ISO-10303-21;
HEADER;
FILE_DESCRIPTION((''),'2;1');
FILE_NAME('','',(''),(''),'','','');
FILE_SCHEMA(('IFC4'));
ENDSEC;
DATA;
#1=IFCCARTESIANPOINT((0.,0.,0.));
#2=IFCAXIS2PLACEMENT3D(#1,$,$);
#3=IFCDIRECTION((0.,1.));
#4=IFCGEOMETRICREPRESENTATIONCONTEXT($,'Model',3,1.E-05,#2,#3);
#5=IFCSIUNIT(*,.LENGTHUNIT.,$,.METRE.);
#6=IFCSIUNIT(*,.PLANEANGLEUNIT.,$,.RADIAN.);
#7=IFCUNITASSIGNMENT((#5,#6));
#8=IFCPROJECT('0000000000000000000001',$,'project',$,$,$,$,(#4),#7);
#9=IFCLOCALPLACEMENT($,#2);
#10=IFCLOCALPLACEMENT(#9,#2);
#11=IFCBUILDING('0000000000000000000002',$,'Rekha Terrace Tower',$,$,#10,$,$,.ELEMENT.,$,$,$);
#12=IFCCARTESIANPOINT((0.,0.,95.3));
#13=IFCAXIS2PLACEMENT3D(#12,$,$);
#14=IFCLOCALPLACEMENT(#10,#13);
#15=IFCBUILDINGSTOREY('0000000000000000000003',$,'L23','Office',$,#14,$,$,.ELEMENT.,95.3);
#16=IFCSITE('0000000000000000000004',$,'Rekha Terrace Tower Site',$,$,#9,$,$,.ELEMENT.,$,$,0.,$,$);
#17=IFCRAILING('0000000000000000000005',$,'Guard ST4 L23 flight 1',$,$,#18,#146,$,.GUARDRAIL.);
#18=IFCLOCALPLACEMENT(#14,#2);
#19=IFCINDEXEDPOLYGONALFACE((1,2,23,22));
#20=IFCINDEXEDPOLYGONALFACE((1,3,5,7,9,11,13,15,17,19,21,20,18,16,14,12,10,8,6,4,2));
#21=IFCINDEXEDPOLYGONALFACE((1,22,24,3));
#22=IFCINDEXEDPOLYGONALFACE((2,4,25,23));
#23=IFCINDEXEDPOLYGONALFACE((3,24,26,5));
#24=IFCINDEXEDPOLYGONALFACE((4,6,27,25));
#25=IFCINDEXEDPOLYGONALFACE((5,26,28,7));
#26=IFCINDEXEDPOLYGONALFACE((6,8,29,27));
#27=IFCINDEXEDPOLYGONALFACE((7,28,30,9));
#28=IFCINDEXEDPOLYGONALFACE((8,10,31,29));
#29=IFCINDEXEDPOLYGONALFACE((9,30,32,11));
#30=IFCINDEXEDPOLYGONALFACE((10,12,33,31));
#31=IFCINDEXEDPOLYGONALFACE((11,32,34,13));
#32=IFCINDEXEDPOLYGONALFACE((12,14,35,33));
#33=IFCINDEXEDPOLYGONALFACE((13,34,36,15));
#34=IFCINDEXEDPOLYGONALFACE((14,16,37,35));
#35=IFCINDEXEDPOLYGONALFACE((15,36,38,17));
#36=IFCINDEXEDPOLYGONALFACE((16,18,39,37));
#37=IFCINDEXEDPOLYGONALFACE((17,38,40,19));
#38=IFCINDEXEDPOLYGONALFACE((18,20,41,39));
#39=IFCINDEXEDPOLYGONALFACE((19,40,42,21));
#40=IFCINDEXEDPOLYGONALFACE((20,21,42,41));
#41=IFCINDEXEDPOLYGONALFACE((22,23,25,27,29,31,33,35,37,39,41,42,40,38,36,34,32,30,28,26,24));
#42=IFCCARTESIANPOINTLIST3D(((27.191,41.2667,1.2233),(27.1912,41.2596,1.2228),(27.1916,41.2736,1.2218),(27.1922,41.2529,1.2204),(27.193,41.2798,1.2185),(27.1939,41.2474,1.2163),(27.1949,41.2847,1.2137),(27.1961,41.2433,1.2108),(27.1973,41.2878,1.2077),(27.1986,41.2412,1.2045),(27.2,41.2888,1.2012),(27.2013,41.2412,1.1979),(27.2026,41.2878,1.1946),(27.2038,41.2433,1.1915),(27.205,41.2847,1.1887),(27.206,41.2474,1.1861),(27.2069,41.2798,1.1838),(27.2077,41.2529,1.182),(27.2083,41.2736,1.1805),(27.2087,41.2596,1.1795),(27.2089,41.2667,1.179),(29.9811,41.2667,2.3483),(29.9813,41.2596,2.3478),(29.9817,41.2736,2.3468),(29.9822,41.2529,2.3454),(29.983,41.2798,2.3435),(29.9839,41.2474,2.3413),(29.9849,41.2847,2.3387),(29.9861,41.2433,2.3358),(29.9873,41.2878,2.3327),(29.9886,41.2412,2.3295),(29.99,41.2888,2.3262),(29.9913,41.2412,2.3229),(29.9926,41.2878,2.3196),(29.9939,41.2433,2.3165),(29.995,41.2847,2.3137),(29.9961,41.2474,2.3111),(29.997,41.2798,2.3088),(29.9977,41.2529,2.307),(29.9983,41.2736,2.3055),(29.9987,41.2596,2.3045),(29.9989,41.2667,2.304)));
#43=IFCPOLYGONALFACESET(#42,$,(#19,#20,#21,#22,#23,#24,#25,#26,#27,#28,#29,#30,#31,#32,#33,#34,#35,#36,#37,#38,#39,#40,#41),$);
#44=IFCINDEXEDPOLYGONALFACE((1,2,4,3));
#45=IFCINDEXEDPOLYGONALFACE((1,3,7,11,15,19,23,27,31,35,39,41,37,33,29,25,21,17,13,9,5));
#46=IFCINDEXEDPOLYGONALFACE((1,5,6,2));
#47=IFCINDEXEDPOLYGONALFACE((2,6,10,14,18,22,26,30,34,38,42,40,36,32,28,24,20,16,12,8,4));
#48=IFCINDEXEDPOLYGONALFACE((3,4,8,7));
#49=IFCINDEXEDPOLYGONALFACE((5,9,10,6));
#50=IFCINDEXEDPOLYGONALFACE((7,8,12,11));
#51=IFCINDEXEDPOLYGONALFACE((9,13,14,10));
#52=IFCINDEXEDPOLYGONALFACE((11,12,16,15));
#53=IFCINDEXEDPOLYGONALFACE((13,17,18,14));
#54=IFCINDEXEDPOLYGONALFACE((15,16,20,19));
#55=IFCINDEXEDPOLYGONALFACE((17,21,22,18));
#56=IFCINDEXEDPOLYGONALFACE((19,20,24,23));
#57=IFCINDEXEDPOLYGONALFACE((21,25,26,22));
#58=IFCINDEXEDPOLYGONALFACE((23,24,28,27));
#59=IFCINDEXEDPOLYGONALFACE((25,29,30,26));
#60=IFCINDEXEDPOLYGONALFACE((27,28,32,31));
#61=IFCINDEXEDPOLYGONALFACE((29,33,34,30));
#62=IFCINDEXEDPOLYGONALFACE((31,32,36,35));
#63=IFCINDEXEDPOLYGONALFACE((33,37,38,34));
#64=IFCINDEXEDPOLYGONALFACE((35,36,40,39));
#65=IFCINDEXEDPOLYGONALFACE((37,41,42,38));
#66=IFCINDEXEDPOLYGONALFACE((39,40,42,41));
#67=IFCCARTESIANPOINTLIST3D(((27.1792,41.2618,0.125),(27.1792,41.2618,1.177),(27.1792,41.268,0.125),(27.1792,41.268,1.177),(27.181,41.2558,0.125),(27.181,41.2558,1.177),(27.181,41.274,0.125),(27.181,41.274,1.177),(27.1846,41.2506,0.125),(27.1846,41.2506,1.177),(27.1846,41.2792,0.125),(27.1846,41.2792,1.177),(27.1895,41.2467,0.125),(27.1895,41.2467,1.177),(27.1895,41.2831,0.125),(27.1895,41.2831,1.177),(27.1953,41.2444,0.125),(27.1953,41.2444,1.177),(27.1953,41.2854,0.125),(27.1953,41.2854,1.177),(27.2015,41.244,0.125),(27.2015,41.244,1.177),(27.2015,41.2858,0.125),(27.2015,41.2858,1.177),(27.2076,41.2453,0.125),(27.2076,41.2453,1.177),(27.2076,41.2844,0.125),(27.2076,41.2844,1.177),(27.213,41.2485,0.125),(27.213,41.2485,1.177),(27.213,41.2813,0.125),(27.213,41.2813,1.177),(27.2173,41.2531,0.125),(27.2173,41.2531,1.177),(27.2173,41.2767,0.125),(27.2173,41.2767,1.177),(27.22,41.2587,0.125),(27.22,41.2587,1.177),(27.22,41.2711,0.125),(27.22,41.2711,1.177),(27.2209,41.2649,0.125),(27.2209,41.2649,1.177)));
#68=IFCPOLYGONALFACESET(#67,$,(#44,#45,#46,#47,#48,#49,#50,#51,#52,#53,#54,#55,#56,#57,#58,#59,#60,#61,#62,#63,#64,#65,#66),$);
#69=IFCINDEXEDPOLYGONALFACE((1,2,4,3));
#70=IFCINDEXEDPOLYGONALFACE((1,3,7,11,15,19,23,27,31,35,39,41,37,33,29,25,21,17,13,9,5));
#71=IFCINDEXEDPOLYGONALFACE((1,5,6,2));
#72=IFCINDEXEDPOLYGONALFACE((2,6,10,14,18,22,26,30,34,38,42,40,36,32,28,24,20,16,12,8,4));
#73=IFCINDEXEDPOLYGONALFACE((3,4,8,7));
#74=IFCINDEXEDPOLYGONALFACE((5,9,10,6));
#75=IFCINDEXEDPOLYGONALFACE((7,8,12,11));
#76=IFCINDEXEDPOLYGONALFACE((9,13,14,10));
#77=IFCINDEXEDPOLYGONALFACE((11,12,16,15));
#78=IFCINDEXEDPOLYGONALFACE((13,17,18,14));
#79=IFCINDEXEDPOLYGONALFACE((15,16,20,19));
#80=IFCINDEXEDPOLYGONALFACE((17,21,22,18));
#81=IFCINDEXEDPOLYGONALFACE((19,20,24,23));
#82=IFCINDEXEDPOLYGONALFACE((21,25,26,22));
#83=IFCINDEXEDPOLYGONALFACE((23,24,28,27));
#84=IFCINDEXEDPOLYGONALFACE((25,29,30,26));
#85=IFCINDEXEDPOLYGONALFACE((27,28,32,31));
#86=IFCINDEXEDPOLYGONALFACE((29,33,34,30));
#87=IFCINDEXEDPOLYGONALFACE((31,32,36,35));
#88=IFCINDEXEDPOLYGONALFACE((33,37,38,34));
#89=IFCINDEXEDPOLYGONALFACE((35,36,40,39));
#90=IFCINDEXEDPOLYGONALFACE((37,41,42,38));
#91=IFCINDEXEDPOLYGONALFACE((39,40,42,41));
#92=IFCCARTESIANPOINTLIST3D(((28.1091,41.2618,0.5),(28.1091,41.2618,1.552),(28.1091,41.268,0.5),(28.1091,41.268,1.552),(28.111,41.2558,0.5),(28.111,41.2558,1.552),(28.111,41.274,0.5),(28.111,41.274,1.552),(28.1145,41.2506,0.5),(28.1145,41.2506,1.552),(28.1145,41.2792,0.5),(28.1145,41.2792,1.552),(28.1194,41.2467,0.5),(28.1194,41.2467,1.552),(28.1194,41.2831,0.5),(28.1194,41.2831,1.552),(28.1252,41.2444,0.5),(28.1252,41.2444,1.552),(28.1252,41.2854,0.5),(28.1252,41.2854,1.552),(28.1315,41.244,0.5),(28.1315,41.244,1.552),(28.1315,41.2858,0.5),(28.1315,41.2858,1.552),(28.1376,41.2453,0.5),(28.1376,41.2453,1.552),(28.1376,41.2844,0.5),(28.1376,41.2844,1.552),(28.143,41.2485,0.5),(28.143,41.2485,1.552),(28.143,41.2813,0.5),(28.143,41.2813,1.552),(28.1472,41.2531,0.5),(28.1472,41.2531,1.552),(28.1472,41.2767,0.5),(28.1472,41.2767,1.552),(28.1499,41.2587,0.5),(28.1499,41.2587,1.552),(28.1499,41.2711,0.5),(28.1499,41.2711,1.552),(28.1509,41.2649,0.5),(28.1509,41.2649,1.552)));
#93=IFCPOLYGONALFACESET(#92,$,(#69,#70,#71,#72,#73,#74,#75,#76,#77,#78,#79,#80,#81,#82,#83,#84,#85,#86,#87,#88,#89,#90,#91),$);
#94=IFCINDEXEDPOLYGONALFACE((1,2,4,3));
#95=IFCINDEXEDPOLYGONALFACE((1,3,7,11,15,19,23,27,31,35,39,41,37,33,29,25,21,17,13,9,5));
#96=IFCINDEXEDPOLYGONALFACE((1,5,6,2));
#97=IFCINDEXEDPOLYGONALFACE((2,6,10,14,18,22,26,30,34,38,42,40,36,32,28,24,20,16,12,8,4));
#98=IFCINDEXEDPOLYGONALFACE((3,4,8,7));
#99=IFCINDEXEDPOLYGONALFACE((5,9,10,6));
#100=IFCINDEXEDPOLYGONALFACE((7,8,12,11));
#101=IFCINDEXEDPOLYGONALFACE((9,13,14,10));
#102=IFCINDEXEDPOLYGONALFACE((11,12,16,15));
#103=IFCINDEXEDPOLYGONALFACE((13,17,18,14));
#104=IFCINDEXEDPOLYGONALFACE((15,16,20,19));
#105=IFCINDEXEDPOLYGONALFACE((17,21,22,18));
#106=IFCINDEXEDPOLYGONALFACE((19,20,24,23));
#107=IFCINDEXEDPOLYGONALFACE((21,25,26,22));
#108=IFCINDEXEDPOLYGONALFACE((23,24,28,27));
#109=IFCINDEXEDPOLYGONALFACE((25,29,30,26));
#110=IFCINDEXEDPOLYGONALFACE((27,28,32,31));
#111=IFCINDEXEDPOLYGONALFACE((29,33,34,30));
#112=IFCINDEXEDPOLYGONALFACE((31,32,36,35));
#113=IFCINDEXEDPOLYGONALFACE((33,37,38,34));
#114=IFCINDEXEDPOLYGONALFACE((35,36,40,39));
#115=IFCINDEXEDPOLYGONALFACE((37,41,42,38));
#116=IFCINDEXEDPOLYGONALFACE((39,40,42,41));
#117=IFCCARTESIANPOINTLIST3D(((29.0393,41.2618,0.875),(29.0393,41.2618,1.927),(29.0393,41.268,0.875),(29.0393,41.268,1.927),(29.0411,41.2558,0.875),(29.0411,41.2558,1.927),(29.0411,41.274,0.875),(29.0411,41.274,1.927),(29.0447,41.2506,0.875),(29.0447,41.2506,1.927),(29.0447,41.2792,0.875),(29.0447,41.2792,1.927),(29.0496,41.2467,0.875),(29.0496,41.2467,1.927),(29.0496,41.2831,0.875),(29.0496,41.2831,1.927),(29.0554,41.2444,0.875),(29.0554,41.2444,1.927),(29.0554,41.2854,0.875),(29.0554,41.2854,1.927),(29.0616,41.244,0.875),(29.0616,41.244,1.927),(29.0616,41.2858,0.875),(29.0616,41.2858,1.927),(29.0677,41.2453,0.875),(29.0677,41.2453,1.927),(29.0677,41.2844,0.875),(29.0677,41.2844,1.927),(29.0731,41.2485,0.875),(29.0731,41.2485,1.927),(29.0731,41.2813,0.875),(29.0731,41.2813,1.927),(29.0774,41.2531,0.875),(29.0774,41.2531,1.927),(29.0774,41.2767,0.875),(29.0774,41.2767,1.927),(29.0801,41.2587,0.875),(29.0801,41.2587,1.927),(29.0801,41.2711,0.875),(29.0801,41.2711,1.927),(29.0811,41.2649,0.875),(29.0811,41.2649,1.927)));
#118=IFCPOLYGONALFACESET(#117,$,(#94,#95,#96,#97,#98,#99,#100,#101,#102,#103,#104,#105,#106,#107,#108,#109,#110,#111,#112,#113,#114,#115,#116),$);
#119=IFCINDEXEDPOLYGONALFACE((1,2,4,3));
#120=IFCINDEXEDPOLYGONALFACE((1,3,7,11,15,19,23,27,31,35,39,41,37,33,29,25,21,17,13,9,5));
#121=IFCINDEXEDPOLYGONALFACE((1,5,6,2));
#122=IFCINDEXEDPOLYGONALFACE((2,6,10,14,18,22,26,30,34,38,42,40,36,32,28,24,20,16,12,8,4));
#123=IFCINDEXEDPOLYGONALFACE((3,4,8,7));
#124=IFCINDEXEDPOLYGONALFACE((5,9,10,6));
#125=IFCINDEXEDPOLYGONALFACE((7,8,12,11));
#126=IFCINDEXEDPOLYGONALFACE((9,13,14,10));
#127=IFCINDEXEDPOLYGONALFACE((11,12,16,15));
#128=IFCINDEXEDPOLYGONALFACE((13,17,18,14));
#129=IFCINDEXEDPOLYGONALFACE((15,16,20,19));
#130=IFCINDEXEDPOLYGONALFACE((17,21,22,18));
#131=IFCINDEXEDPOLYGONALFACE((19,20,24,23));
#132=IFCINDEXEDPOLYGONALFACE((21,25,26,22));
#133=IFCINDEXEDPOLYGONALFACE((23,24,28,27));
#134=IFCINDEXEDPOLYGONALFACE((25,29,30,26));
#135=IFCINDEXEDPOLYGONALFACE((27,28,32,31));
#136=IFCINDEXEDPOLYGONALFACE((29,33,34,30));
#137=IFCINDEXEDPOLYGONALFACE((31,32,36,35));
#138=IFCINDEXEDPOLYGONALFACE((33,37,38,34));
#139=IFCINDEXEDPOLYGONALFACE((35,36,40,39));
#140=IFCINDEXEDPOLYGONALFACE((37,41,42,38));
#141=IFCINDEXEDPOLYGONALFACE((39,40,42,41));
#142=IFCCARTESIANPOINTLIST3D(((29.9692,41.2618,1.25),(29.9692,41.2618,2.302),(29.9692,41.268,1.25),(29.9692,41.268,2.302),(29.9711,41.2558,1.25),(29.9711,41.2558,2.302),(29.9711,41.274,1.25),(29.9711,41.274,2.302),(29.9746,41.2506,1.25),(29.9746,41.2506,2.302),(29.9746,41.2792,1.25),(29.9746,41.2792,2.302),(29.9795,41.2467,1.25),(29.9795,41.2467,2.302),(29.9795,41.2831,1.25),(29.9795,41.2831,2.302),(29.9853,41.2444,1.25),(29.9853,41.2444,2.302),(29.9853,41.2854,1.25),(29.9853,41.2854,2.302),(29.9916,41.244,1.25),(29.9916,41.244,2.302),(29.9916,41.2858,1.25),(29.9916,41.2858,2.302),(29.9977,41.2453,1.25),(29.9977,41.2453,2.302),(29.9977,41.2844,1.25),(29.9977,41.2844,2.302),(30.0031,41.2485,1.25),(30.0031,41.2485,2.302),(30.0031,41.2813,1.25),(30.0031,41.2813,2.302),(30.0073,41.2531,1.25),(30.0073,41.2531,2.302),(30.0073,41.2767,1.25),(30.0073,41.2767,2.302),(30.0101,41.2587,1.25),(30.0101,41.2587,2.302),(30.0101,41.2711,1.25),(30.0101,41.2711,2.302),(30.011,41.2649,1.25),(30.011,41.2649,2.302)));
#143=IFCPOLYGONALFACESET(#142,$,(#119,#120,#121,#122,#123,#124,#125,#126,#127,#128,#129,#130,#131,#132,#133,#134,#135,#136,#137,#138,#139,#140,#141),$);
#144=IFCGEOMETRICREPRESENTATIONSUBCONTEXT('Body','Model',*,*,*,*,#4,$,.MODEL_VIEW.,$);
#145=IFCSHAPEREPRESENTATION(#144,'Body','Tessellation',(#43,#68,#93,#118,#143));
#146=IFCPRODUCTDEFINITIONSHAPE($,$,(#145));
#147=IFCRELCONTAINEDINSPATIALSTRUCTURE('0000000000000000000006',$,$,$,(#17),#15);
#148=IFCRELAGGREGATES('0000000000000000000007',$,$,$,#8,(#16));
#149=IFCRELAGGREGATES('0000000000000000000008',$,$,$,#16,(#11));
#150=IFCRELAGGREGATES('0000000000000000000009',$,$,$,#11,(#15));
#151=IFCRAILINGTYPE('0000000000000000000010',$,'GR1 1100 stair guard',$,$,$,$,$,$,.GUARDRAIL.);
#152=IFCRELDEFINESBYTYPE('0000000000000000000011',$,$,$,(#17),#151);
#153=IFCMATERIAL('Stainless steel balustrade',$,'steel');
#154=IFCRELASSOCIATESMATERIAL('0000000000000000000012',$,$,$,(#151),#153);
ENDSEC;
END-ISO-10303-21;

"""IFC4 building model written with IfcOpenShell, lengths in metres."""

from ifc_helpers import new_model, si_unit, direction, frame, origin, origin_2d, place, context, subcontext, project, spatial, circle, extrude, material, type_object, element, save


model = new_model("IFC4")

# Units and contexts
model_context = context("Model", 3, precision=1e-05, world=origin(), true_north=direction((0.0, 1.0)))
body_context = subcontext(model_context, "Body", "Model", "MODEL_VIEW")
ifc_project = project(units=[si_unit("LENGTHUNIT", "METRE"), si_unit("PLANEANGLEUNIT", "RADIAN")], contexts=[model_context])

# Site, building, storey
site_placement = place(None, origin())
site = spatial("IfcSite", under=ifc_project, at=site_placement, Name="Rekha Terrace Tower Site", CompositionType="ELEMENT", RefElevation=0.0)
building_placement = place(site_placement, origin())
building = spatial("IfcBuilding", under=site, at=building_placement, Name="Rekha Terrace Tower", CompositionType="ELEMENT")
storey_placement = place(building_placement, frame((0.0, 0.0, 95.3)))
storey = spatial("IfcBuildingStorey", under=building, at=storey_placement, Name="L23", Description="Office", CompositionType="ELEMENT", Elevation=95.3)

# Railing
ifc_material_1 = material(Name="Stainless steel balustrade", Category="steel")
railing_type_1 = type_object("IfcRailingType", Name="GR1 1100 stair guard", PredefinedType="GUARDRAIL", material=ifc_material_1)
railing_1_placement = place(storey_placement, frame((27.2, 41.2649, 0.125)))
element("IfcRailing", 1, at=railing_1_placement, inside=storey, type_object=railing_type_1, Name="Guard ST4 L23 flight 1", PredefinedType="GUARDRAIL", context=body_context, shape_type="SweptSolid", body=[
    extrude(circle(Radius=0.0239, at=origin_2d()), frame((0.0, 0.0, 1.0762), z_axis=(0.927443, 0.0, 0.373964), x_axis=(0.0, 1.0, 0.0)), (0.0, 0.0, 1.0), 3.0083),
    extrude(circle(Radius=0.021, at=origin_2d()), origin(), (0.0, 0.0, 1.0), 1.052),
    extrude(circle(Radius=0.021, at=origin_2d()), frame((0.9299, 0.0, 0.375)), (0.0, 0.0, 1.0), 1.052),
    extrude(circle(Radius=0.021, at=origin_2d()), frame((1.8601, 0.0, 0.75)), (0.0, 0.0, 1.0), 1.052),
    extrude(circle(Radius=0.021, at=origin_2d()), frame((2.79, 0.0, 1.125)), (0.0, 0.0, 1.0), 1.052),
])

save(model, "model.ifc")
